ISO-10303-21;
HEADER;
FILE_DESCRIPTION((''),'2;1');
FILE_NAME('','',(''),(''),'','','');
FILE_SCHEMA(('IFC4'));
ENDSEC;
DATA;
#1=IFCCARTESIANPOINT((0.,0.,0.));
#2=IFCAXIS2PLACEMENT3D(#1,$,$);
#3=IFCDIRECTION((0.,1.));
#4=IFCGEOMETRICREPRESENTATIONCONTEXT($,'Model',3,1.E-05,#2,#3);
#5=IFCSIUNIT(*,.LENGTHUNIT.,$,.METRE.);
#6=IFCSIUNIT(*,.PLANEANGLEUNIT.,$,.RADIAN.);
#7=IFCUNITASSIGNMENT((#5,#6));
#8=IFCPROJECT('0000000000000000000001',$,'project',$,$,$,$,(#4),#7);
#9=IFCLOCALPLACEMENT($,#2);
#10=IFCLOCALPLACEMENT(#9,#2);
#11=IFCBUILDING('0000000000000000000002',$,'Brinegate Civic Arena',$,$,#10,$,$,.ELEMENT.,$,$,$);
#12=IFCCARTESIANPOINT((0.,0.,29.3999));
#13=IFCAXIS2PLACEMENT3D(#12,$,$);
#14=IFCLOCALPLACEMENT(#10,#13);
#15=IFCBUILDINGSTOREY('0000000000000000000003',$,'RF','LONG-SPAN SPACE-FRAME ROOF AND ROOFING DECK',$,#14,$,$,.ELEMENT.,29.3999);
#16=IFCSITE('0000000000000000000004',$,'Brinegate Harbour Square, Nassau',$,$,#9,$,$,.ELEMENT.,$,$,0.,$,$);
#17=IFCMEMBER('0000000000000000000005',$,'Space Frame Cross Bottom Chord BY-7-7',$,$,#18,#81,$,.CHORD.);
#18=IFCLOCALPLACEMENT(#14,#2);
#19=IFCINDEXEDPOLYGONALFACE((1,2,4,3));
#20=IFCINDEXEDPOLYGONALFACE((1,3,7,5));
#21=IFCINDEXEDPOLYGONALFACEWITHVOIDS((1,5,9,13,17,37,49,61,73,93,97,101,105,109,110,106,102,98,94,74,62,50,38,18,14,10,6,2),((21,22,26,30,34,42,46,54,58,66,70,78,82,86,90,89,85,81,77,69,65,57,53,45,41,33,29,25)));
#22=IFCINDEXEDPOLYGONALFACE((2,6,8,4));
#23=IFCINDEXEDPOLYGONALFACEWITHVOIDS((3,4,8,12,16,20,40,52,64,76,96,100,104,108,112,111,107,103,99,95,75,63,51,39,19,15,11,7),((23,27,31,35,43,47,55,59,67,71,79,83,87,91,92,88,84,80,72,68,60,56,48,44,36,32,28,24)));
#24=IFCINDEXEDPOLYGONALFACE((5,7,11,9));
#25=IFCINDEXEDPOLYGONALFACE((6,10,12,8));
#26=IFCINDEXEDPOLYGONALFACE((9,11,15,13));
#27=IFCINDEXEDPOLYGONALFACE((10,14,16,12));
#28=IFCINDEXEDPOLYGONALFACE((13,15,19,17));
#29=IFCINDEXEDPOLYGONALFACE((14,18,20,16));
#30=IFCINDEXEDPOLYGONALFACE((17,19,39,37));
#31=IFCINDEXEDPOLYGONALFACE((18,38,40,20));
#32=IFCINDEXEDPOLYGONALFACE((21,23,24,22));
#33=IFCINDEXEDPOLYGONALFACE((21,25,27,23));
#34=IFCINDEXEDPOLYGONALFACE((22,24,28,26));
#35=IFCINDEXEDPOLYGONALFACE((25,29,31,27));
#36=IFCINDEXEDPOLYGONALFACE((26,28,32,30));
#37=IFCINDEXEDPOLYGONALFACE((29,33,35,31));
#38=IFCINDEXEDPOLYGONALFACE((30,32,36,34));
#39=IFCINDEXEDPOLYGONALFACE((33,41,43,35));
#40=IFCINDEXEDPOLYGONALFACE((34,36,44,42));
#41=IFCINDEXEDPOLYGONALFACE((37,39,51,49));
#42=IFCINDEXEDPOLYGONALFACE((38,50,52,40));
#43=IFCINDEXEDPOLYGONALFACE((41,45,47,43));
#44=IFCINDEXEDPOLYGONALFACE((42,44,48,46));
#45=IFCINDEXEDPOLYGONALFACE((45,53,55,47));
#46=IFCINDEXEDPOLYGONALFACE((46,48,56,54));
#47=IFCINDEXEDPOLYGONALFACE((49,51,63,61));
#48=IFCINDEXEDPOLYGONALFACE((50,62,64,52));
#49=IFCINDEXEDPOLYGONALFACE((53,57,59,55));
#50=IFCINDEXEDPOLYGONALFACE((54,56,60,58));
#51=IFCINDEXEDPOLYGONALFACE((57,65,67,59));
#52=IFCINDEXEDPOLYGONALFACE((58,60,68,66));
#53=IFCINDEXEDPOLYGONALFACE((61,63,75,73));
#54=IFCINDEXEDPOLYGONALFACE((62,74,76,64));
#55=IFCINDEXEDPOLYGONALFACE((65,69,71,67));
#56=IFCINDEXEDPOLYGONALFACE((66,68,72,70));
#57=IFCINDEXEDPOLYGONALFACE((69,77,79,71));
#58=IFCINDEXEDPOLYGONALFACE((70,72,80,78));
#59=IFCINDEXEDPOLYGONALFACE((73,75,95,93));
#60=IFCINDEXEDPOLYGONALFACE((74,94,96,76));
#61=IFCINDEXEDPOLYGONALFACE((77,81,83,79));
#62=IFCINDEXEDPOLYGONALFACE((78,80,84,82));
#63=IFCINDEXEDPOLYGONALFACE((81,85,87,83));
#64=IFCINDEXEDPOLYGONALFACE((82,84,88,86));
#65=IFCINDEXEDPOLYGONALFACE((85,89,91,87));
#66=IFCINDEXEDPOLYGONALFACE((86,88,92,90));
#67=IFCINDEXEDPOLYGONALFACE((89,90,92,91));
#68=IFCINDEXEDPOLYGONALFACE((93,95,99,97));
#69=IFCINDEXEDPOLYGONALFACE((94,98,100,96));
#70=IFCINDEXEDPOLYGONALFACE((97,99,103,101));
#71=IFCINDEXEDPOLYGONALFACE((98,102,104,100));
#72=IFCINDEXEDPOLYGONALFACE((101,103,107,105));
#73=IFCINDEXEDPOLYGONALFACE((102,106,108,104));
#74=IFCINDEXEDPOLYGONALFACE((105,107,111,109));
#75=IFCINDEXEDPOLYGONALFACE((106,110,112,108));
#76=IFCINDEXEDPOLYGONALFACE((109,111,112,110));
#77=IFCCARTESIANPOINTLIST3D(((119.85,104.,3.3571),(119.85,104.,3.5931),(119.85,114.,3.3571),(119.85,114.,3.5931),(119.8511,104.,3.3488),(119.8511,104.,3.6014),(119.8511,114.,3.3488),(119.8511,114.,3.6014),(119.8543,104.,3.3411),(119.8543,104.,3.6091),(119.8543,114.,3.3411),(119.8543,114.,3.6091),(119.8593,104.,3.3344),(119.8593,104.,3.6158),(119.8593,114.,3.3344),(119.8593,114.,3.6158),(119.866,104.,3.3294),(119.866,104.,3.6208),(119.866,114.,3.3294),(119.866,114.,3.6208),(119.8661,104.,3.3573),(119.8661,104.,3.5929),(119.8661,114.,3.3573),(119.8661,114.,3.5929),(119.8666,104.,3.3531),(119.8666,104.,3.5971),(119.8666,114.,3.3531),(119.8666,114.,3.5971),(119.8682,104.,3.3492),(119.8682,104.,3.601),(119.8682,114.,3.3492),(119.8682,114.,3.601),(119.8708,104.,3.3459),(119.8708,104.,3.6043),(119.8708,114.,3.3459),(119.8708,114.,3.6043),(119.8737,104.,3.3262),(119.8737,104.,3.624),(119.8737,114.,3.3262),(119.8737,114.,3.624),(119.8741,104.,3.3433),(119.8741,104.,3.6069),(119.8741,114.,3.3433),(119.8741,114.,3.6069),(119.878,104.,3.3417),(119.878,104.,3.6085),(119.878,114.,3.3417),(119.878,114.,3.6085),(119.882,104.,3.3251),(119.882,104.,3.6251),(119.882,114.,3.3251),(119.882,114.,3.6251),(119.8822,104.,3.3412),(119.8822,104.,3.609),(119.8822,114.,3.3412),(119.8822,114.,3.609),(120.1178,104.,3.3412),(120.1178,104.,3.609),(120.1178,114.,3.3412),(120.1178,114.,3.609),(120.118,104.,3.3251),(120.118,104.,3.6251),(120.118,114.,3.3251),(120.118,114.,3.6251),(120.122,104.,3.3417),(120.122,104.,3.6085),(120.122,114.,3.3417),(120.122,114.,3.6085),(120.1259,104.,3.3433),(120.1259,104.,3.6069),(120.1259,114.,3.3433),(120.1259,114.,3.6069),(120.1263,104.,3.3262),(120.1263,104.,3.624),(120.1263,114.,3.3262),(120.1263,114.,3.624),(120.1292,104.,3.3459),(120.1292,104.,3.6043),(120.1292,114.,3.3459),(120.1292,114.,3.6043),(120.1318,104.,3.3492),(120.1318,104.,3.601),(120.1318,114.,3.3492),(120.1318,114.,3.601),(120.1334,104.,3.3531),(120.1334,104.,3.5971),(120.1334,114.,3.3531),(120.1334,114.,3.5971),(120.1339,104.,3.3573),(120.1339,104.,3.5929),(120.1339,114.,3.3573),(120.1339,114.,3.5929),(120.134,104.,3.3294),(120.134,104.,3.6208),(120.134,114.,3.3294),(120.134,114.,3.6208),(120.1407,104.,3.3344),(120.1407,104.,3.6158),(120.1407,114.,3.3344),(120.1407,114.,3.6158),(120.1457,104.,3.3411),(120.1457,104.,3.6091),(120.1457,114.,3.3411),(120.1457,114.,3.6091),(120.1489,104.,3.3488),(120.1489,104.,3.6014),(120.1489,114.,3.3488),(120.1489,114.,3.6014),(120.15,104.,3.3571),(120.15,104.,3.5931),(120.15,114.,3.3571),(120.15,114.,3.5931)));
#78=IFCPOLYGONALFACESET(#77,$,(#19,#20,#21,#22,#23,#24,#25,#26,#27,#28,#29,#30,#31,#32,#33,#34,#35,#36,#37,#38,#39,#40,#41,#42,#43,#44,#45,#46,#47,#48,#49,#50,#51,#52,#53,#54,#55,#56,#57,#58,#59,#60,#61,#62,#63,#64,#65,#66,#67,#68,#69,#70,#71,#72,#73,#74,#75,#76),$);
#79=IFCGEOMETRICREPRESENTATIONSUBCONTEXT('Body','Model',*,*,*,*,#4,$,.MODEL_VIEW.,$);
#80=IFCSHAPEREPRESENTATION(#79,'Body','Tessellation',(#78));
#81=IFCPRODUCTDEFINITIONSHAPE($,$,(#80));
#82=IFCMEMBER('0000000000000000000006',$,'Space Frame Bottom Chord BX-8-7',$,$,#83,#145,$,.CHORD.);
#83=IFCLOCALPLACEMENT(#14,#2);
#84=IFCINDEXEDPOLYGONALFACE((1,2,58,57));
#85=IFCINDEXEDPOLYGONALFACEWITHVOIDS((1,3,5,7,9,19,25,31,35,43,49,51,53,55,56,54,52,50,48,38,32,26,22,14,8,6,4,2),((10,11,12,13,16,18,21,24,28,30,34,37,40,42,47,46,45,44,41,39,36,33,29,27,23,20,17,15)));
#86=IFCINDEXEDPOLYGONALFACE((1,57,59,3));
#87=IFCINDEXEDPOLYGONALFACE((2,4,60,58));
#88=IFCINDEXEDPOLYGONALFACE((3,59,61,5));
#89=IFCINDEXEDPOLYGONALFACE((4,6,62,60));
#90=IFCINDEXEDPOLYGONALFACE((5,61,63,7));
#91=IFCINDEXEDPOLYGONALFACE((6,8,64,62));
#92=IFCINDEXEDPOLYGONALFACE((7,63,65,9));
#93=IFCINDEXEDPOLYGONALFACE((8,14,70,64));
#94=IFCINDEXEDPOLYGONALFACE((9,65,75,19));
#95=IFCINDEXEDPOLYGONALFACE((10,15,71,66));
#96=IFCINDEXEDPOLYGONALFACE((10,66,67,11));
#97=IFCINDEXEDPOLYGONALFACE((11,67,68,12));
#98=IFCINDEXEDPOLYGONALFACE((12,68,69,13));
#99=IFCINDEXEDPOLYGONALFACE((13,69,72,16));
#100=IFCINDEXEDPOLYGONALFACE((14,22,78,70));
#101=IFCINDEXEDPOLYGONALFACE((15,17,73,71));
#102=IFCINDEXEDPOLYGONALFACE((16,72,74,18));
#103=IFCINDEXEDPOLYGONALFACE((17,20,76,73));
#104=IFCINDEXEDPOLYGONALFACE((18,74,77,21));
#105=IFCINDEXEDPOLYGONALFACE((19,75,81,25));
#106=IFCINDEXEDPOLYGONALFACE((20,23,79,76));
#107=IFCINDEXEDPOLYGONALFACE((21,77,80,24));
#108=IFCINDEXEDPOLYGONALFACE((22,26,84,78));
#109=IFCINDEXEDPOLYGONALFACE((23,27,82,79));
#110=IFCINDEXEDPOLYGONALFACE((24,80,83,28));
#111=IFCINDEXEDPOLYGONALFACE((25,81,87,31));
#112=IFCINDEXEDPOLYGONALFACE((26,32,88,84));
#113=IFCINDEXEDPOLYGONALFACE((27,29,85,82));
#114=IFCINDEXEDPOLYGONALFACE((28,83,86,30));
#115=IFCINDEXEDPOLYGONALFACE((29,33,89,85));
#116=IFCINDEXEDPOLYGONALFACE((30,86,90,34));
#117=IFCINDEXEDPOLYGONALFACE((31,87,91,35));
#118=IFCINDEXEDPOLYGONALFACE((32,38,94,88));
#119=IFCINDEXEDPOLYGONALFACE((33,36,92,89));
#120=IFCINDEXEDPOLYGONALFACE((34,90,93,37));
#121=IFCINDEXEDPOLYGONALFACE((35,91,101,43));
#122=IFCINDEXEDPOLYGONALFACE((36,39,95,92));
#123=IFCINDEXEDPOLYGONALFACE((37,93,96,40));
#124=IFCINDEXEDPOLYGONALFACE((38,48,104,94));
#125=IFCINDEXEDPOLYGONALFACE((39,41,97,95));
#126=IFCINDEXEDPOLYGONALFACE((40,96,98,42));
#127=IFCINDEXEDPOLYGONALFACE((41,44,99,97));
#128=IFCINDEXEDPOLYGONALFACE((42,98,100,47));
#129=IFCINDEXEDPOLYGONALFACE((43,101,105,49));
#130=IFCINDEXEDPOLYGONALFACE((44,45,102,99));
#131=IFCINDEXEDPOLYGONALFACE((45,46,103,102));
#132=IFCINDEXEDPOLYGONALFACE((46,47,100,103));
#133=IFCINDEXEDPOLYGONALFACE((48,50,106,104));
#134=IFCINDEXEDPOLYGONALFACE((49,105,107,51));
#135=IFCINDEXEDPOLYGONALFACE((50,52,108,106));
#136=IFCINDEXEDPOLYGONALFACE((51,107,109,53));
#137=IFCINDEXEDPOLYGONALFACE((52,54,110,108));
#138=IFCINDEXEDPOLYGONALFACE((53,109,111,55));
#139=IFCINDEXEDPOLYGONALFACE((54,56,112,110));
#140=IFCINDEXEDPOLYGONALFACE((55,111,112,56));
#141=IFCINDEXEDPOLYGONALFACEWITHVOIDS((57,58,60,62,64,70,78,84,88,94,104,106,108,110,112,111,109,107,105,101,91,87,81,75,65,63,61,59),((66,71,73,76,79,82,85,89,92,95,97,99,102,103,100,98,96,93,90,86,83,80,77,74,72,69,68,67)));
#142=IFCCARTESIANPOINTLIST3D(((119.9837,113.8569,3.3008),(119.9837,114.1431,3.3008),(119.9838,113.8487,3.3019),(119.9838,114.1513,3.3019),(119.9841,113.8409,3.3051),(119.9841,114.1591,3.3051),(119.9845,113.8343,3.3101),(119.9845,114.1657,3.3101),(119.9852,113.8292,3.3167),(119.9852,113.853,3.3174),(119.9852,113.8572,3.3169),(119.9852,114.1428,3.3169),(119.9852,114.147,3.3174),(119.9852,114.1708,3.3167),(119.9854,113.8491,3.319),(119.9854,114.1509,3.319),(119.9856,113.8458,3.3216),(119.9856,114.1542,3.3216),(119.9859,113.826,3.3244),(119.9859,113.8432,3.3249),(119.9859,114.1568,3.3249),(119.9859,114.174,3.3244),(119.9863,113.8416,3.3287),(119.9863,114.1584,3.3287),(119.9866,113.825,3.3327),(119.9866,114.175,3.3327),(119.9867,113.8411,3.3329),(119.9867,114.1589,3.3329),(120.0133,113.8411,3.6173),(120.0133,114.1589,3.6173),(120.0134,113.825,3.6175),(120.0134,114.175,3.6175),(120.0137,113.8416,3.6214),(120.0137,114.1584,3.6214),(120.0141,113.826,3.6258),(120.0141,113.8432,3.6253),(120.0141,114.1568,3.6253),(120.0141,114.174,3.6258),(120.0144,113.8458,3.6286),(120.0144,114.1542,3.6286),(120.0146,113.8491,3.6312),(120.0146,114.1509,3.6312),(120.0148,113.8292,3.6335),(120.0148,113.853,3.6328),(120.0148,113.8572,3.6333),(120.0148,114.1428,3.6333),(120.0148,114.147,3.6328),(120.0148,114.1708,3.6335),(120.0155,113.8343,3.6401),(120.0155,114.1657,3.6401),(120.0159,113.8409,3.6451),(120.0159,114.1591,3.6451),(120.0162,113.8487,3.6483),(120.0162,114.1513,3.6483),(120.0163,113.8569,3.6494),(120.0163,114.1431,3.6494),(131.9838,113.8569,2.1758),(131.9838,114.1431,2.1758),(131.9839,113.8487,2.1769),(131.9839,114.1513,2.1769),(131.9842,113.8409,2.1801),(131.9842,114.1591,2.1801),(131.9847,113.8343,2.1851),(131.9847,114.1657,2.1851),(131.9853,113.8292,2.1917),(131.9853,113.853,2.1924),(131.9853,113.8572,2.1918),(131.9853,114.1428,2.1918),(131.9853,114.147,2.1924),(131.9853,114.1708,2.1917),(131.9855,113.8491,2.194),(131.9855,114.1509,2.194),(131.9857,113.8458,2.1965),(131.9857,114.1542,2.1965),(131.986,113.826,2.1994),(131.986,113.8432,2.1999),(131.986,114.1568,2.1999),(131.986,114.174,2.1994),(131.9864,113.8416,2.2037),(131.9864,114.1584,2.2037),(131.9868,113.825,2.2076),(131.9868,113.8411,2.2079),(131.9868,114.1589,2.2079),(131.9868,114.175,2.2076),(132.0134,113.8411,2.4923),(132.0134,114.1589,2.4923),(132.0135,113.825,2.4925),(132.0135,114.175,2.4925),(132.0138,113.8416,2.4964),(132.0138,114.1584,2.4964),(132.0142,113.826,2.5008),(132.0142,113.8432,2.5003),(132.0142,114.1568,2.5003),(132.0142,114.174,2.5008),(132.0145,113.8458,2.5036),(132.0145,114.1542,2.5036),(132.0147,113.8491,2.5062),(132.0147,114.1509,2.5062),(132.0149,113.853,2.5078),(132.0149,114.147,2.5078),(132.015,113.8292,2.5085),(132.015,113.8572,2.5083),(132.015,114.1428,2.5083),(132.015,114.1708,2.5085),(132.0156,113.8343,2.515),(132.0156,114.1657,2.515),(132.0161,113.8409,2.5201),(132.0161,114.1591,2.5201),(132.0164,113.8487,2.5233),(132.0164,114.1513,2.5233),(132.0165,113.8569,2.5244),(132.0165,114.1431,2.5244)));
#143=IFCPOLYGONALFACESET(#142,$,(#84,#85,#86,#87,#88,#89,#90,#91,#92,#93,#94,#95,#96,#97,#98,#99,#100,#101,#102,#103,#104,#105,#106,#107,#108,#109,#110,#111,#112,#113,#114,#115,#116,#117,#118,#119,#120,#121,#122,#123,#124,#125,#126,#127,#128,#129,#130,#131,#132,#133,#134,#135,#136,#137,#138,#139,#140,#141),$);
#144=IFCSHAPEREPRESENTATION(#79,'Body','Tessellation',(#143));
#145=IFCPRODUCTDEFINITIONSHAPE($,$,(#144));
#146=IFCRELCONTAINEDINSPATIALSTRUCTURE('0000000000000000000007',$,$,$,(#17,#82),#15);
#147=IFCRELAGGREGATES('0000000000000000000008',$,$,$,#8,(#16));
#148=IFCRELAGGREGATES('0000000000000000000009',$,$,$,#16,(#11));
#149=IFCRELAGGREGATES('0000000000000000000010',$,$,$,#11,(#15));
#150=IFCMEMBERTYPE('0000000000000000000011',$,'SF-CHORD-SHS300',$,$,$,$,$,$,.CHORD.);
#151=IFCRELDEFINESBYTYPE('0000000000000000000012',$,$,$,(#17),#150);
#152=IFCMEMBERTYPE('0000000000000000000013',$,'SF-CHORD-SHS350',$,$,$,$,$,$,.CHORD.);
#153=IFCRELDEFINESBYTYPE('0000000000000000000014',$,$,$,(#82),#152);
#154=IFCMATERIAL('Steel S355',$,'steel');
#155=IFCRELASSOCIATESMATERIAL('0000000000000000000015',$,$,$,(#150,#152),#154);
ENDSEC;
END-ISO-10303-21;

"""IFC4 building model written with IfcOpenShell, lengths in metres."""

from ifc_helpers import new_model, si_unit, direction, frame, origin, origin_2d, place, context, subcontext, project, spatial, hollow_rectangle, extrude, material, material_profile, profile_set, type_object, element, save


model = new_model("IFC4")

# Units and contexts
model_context = context("Model", 3, precision=1e-05, world=origin(), true_north=direction((0.0, 1.0)))
body_context = subcontext(model_context, "Body", "Model", "MODEL_VIEW")
ifc_project = project(units=[si_unit("LENGTHUNIT", "METRE"), si_unit("PLANEANGLEUNIT", "RADIAN")], contexts=[model_context])

# Site, building, storey
site_placement = place(None, origin())
site = spatial("IfcSite", under=ifc_project, at=site_placement, Name="Brinegate Harbour Square, Nassau", CompositionType="ELEMENT", RefElevation=0.0)
building_placement = place(site_placement, origin())
building = spatial("IfcBuilding", under=site, at=building_placement, Name="Brinegate Civic Arena", CompositionType="ELEMENT")
storey_placement = place(building_placement, frame((0.0, 0.0, 29.3999)))
storey = spatial("IfcBuildingStorey", under=building, at=storey_placement, Name="RF", Description="LONG-SPAN SPACE-FRAME ROOF AND ROOFING DECK", CompositionType="ELEMENT", Elevation=29.3999)

# Shared definitions
ifc_material_1 = material(Name="Steel S355", Category="steel")

# Members
ifc_material_profile_1 = material_profile(ifc_material_1, hollow_rectangle(XDim=0.3, YDim=0.3, WallThickness=0.0161, InnerFilletRadius=0.0161, OuterFilletRadius=0.032, at=origin_2d()), Name="SHS300X16")
ifc_profile_set_1 = profile_set([ifc_material_profile_1], Name="Steel S355")
member_type_1 = type_object("IfcMemberType", Name="SF-CHORD-SHS300", PredefinedType="CHORD", material=ifc_profile_set_1)
member_1_placement = place(storey_placement, frame((120.0, 104.0, 3.4751), z_axis=(0.0, 1.0, 0.0), x_axis=(-1.0, 0.0, 0.0)))
element("IfcMember", 1, at=member_1_placement, inside=storey, type_object=member_type_1, Name="Space Frame Cross Bottom Chord BY-7-7", PredefinedType="CHORD", context=body_context, shape_type="SweptSolid", body=[
    extrude(hollow_rectangle(XDim=0.3, YDim=0.3, WallThickness=0.0161, InnerFilletRadius=0.0161, OuterFilletRadius=0.032, at=origin_2d()), origin(), (0.0, 0.0, 1.0), 10.0),
])
ifc_material_profile_2 = material_profile(ifc_material_1, hollow_rectangle(XDim=0.3501, YDim=0.3501, WallThickness=0.0161, InnerFilletRadius=0.0161, OuterFilletRadius=0.032, at=origin_2d()), Name="SHS350X16")
ifc_profile_set_2 = profile_set([ifc_material_profile_2], Name="Steel S355")
member_type_2 = type_object("IfcMemberType", Name="SF-CHORD-SHS350", PredefinedType="CHORD", material=ifc_profile_set_2)
member_2_placement = place(storey_placement, frame((120.0, 114.0, 3.4751), z_axis=(0.995634, 0.0, -0.093341), x_axis=(0.0, 1.0, 0.0)))
element("IfcMember", 2, at=member_2_placement, inside=storey, type_object=member_type_2, Name="Space Frame Bottom Chord BX-8-7", PredefinedType="CHORD", context=body_context, shape_type="SweptSolid", body=[
    extrude(hollow_rectangle(XDim=0.3501, YDim=0.3501, WallThickness=0.0161, InnerFilletRadius=0.0161, OuterFilletRadius=0.032, at=origin_2d()), origin(), (0.0, 0.0, 1.0), 12.0527),
])

save(model, "model.ifc")
